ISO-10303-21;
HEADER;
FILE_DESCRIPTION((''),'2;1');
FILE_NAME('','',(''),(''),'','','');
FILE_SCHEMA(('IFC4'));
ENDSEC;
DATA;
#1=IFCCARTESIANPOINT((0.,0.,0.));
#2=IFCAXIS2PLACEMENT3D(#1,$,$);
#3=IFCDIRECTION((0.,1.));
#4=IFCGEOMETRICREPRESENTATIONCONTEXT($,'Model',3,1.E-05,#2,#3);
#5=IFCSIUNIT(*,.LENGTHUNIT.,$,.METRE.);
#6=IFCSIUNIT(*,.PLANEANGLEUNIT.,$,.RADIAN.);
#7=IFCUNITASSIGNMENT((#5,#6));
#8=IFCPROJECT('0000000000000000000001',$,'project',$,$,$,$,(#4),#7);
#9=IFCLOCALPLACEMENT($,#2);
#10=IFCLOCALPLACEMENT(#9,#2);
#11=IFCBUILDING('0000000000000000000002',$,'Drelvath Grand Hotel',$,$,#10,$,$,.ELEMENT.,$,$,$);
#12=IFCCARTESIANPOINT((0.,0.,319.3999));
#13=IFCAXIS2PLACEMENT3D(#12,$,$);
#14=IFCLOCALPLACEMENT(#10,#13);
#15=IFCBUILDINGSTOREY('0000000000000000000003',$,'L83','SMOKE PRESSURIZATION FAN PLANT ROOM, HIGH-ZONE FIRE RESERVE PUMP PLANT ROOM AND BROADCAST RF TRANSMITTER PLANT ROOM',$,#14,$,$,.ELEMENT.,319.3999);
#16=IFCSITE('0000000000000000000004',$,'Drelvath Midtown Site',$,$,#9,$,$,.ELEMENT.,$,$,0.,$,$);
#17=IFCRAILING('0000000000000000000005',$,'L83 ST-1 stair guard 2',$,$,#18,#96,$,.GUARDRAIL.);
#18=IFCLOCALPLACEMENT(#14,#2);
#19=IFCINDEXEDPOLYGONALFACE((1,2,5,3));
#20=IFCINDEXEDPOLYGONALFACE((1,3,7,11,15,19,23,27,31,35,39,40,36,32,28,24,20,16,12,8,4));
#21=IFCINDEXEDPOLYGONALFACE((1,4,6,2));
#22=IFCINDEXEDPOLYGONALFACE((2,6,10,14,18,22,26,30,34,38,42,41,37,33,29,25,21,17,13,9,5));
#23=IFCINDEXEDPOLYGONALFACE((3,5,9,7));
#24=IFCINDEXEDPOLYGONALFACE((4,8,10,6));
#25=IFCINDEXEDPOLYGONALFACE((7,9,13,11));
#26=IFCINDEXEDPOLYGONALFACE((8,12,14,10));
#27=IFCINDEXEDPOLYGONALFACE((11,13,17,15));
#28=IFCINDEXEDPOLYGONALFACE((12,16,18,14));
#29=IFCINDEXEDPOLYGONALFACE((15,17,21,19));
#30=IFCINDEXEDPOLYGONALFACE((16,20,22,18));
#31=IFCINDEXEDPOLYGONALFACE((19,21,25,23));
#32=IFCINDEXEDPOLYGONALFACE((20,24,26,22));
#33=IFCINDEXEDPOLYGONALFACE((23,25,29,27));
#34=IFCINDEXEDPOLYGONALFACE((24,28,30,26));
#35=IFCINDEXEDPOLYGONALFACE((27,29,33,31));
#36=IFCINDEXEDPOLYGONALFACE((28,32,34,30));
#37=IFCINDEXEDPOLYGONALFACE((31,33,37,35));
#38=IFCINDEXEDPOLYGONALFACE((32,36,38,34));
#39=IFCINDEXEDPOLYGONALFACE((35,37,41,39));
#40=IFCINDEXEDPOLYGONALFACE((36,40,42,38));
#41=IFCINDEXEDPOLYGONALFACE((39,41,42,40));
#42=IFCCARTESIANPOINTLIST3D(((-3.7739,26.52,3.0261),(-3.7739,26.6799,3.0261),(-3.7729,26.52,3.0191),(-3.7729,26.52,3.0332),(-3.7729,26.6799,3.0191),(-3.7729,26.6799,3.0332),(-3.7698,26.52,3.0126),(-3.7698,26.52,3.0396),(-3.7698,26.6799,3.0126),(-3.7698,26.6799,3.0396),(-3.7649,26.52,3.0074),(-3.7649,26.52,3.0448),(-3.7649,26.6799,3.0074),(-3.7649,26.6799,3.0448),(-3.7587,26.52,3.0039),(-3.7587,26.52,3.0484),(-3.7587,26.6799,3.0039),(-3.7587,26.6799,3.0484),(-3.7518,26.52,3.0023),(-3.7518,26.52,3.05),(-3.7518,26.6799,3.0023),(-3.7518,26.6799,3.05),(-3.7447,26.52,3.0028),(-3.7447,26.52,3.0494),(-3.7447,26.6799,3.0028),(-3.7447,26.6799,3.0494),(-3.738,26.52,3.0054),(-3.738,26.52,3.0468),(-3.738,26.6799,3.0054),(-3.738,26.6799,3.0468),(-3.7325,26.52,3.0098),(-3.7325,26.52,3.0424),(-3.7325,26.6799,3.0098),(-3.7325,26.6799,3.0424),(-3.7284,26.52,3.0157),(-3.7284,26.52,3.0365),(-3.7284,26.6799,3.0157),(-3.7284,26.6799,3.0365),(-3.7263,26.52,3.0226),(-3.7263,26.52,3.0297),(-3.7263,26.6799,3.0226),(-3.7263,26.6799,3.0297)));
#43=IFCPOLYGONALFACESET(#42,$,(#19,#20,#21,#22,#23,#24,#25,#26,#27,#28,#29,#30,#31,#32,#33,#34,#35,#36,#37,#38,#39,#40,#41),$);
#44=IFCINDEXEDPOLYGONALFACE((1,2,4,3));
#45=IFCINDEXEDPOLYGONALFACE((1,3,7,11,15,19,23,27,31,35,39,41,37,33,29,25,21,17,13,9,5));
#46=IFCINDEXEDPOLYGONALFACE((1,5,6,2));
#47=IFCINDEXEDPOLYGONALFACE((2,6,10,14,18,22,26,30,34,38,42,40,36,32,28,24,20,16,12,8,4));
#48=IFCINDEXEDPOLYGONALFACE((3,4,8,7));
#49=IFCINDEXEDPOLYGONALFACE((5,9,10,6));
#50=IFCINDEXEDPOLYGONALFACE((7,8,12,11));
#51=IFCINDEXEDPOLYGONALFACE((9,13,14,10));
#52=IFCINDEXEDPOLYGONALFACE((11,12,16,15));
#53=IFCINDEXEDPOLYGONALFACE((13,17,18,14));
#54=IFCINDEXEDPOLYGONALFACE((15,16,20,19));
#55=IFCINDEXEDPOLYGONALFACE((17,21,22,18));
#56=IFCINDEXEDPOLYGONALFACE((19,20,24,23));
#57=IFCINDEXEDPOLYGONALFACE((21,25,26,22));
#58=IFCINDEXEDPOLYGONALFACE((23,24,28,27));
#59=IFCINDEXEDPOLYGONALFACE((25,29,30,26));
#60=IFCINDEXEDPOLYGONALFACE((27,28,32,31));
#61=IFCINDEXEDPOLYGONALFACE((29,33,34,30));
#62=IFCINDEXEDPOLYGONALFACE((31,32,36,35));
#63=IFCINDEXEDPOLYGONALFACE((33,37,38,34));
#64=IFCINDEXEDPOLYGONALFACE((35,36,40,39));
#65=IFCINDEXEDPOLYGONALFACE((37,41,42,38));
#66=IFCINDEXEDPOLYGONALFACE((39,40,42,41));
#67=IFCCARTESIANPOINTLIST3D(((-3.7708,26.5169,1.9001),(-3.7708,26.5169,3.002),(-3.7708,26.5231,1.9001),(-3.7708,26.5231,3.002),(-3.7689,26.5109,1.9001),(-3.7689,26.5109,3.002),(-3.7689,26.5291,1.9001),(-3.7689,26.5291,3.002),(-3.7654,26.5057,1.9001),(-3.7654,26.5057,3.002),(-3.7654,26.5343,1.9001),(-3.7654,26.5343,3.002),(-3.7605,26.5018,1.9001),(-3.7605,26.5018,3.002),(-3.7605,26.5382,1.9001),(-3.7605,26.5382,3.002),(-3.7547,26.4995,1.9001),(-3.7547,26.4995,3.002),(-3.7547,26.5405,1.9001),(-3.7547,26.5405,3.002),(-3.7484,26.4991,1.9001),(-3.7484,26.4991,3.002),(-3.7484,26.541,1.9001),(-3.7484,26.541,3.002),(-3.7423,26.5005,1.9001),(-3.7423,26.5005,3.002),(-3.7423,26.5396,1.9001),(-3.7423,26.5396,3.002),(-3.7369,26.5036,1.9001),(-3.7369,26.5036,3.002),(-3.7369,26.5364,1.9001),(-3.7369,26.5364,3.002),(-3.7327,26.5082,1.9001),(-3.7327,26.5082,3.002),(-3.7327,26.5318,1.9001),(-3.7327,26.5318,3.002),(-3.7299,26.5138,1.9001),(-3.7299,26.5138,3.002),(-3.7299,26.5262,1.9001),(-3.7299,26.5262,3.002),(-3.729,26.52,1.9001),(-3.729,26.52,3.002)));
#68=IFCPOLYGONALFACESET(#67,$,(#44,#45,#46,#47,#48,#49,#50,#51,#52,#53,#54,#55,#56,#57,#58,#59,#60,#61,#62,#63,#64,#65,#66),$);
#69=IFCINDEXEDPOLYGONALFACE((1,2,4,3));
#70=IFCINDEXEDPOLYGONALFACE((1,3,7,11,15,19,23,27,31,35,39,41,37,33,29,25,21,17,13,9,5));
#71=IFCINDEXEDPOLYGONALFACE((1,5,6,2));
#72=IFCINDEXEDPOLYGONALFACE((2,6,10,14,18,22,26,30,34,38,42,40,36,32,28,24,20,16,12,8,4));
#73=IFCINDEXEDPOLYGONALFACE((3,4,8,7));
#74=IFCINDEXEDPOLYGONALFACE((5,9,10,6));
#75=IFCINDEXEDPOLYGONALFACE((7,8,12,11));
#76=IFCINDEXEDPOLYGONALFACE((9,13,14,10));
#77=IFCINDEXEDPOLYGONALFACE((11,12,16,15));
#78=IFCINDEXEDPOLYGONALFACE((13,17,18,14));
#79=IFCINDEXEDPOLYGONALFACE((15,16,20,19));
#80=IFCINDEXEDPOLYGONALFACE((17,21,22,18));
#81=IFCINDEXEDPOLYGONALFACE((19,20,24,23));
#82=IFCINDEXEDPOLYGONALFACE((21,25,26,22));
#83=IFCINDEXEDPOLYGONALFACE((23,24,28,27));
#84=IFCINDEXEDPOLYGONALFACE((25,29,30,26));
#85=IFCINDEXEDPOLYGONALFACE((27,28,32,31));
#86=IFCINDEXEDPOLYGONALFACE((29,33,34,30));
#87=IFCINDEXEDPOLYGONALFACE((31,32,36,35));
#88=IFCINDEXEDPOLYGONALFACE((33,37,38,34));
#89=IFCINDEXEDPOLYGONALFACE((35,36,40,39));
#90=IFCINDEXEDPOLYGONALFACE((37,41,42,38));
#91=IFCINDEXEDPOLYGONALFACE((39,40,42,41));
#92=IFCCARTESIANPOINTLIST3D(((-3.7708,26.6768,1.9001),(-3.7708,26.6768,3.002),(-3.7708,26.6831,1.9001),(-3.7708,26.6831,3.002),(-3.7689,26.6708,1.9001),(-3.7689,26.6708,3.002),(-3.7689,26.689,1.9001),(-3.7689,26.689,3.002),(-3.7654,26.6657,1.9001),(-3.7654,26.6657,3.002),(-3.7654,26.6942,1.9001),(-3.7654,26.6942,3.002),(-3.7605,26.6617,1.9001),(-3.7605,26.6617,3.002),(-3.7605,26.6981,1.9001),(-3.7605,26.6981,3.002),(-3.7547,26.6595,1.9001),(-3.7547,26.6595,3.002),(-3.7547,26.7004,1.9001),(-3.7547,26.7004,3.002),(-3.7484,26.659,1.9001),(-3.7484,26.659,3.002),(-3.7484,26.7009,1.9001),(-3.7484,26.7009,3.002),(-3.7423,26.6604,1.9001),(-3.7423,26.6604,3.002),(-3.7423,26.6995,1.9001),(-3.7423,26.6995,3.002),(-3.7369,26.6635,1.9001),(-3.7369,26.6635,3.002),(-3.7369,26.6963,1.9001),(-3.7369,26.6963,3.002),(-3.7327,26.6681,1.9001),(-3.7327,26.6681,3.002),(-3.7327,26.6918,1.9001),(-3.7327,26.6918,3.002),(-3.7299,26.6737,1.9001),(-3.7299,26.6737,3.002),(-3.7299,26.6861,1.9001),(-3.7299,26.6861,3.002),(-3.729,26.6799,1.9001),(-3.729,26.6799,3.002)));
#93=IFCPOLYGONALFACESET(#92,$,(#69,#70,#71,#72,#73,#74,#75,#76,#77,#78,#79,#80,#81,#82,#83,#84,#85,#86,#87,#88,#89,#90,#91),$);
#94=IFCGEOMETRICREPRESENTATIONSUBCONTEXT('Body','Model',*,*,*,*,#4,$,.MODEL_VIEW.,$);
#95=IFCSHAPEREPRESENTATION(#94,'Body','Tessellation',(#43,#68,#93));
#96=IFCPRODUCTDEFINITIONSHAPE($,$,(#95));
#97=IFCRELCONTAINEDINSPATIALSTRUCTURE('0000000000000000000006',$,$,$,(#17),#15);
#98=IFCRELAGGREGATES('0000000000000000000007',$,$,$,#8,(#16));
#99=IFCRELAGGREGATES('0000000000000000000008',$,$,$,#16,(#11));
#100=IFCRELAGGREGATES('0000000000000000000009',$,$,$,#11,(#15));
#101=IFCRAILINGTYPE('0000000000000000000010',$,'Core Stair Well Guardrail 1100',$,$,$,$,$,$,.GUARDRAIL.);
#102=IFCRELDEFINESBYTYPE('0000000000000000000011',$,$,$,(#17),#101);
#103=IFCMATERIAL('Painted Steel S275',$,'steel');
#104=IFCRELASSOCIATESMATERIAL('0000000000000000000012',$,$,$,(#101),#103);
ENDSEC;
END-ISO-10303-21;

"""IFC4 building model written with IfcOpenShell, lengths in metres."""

from ifc_helpers import new_model, si_unit, direction, frame, origin, origin_2d, place, context, subcontext, project, spatial, circle, extrude, material, type_object, element, save


model = new_model("IFC4")

# Units and contexts
model_context = context("Model", 3, precision=1e-05, world=origin(), true_north=direction((0.0, 1.0)))
body_context = subcontext(model_context, "Body", "Model", "MODEL_VIEW")
ifc_project = project(units=[si_unit("LENGTHUNIT", "METRE"), si_unit("PLANEANGLEUNIT", "RADIAN")], contexts=[model_context])

# Site, building, storey
site_placement = place(None, origin())
site = spatial("IfcSite", under=ifc_project, at=site_placement, Name="Drelvath Midtown Site", CompositionType="ELEMENT", RefElevation=0.0)
building_placement = place(site_placement, origin())
building = spatial("IfcBuilding", under=site, at=building_placement, Name="Drelvath Grand Hotel", CompositionType="ELEMENT")
storey_placement = place(building_placement, frame((0.0, 0.0, 319.3999)))
storey = spatial("IfcBuildingStorey", under=building, at=storey_placement, Name="L83", Description="SMOKE PRESSURIZATION FAN PLANT ROOM, HIGH-ZONE FIRE RESERVE PUMP PLANT ROOM AND BROADCAST RF TRANSMITTER PLANT ROOM", CompositionType="ELEMENT", Elevation=319.3999)

# Shared definitions
ifc_material_1 = material(Name="Painted Steel S275", Category="steel")

# Railing
railing_type_1 = type_object("IfcRailingType", Name="Core Stair Well Guardrail 1100", PredefinedType="GUARDRAIL", material=ifc_material_1)
railing_1_placement = place(storey_placement, frame((-3.75, 26.52, 1.9001)))
element("IfcRailing", 1, at=railing_1_placement, inside=storey, type_object=railing_type_1, Name="L83 ST-1 stair guard 2", PredefinedType="GUARDRAIL", context=body_context, shape_type="SweptSolid", body=[
    extrude(circle(Radius=0.0239, at=origin_2d()), frame((0.0, 0.0, 1.126), z_axis=(0.0, 1.0, 0.0), x_axis=(-1.0, 0.0, 0.0)), (0.0, 0.0, 1.0), 0.1599),
    extrude(circle(Radius=0.021, at=origin_2d()), origin(), (0.0, 0.0, 1.0), 1.1018),
    extrude(circle(Radius=0.021, at=origin_2d()), frame((0.0, 0.1599, 0.0)), (0.0, 0.0, 1.0), 1.1018),
])

save(model, "model.ifc")
